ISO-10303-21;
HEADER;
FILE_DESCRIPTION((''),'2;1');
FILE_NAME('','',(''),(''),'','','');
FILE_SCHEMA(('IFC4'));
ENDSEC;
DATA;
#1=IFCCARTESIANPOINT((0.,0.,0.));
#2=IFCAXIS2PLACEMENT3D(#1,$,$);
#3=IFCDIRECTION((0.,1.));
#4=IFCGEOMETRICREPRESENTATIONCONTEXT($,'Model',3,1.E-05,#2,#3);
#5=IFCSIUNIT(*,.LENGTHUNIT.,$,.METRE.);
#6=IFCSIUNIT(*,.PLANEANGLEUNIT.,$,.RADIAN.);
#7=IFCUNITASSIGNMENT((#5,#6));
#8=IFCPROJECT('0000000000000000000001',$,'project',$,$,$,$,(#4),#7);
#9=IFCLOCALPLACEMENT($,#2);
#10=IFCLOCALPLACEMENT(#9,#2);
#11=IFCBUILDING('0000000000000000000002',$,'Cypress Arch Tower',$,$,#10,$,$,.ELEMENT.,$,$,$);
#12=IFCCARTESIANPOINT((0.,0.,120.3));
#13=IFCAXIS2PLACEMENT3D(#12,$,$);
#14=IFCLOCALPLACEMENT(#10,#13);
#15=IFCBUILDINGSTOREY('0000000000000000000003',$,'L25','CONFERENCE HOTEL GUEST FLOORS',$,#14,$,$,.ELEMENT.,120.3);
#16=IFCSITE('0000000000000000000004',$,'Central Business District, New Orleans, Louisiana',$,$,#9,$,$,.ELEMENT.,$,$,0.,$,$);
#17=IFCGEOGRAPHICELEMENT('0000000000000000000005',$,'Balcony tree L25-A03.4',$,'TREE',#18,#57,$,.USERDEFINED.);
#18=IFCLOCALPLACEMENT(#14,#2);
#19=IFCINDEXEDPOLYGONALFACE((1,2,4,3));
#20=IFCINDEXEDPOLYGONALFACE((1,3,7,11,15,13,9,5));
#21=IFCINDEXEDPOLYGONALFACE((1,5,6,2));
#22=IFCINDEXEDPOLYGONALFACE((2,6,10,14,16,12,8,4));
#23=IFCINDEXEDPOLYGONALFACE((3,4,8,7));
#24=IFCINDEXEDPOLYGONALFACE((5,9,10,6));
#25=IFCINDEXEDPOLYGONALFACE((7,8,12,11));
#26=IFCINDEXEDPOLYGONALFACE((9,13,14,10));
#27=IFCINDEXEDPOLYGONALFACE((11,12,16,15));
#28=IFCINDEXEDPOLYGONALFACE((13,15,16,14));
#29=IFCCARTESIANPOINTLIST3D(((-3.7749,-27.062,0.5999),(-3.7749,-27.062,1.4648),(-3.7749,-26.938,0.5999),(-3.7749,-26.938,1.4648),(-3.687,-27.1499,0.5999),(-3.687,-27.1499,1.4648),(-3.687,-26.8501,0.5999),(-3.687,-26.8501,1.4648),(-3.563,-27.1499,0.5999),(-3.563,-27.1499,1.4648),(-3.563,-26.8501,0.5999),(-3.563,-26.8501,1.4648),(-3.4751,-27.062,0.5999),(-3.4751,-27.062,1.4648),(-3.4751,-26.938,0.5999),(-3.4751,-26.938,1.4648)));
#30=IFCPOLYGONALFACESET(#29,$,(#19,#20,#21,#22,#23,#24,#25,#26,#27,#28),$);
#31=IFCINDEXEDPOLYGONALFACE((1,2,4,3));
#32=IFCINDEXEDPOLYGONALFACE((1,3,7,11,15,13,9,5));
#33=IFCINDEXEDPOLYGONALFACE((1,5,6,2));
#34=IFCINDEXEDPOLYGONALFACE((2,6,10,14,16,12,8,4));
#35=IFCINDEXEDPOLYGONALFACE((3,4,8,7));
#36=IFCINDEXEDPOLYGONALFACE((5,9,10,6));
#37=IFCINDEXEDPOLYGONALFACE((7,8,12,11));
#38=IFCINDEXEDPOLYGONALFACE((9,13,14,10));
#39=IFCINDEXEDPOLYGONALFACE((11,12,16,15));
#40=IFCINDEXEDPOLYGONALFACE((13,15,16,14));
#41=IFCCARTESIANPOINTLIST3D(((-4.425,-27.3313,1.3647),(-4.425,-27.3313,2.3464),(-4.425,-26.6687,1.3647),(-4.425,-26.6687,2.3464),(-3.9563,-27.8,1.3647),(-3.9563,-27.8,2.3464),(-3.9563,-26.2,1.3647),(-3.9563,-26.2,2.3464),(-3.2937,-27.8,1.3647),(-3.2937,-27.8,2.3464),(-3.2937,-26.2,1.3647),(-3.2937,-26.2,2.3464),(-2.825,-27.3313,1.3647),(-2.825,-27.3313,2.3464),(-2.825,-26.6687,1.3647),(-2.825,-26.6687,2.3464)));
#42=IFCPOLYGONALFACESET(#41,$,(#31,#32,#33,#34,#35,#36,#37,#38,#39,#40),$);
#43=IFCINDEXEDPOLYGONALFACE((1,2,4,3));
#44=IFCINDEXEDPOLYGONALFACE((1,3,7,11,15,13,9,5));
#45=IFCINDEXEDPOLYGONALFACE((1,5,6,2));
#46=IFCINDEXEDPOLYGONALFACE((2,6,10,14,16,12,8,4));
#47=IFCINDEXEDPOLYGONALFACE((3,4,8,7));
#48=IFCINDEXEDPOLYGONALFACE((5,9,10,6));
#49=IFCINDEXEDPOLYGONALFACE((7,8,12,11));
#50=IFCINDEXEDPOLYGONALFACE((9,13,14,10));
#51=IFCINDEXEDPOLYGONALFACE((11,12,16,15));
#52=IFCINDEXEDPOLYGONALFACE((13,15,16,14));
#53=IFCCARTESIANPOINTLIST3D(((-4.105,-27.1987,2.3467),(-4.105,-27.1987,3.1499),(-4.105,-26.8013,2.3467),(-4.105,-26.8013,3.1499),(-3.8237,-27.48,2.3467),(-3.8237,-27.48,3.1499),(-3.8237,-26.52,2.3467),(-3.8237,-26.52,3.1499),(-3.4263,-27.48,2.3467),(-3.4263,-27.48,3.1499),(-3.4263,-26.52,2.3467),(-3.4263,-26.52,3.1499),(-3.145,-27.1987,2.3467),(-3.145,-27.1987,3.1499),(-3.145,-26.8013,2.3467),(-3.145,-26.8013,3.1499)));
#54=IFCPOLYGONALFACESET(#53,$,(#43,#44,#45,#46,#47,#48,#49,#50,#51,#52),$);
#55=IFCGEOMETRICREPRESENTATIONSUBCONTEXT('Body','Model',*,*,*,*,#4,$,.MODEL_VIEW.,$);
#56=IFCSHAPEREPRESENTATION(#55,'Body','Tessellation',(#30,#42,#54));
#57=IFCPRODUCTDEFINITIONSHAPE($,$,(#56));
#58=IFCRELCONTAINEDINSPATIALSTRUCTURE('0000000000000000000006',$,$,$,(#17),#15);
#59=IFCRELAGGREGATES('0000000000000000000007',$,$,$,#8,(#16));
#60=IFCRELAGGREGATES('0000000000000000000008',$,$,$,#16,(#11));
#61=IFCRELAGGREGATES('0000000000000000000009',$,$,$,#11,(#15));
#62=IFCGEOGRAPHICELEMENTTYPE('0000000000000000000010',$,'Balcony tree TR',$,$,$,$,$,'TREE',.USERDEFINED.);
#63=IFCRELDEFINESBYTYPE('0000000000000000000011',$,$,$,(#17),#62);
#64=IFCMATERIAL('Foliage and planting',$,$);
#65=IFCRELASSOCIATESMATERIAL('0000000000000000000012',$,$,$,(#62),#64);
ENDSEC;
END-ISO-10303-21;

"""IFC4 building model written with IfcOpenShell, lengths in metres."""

from ifc_helpers import new_model, si_unit, direction, frame, origin, place, context, subcontext, project, spatial, polyline, outline, extrude, material, type_object, element, save


model = new_model("IFC4")

# Units and contexts
model_context = context("Model", 3, precision=1e-05, world=origin(), true_north=direction((0.0, 1.0)))
body_context = subcontext(model_context, "Body", "Model", "MODEL_VIEW")
ifc_project = project(units=[si_unit("LENGTHUNIT", "METRE"), si_unit("PLANEANGLEUNIT", "RADIAN")], contexts=[model_context])

# Site, building, storey
site_placement = place(None, origin())
site = spatial("IfcSite", under=ifc_project, at=site_placement, Name="Central Business District, New Orleans, Louisiana", CompositionType="ELEMENT", RefElevation=0.0)
building_placement = place(site_placement, origin())
building = spatial("IfcBuilding", under=site, at=building_placement, Name="Cypress Arch Tower", CompositionType="ELEMENT")
storey_placement = place(building_placement, frame((0.0, 0.0, 120.3)))
storey = spatial("IfcBuildingStorey", under=building, at=storey_placement, Name="L25", Description="CONFERENCE HOTEL GUEST FLOORS", CompositionType="ELEMENT", Elevation=120.3)

# Geographic element
ifc_material_1 = material(Name="Foliage and planting")
geographic_element_type = type_object("IfcGeographicElementType", Name="Balcony tree TR", ElementType="TREE", PredefinedType="USERDEFINED", material=ifc_material_1)
for number, where, z_axis, x_axis, name in (
    (1, (-3.625, -27.0, 0.5999), (0.0, 0.0, 1.0), (1.0, 0.0, 0.0), "Balcony tree L25-A03.4"),
):
    element("IfcGeographicElement", number, at=place(storey_placement, frame(where, z_axis=z_axis, x_axis=x_axis)), inside=storey, type_object=geographic_element_type, Name=name, ObjectType="TREE", PredefinedType="USERDEFINED", context=body_context, shape_type="SweptSolid", body=[
        extrude(outline(polyline([(0.1499, 0.062), (0.062, 0.1499), (-0.062, 0.1499), (-0.1499, 0.062), (-0.1499, -0.062), (-0.062, -0.1499), (0.062, -0.1499), (0.1499, -0.062), (0.1499, 0.062)])), origin(), (0.0, 0.0, 1.0), 0.865),
        extrude(outline(polyline([(0.8, 0.3313), (0.3313, 0.8), (-0.3313, 0.8), (-0.8, 0.3313), (-0.8, -0.3313), (-0.3313, -0.8), (0.3313, -0.8), (0.8, -0.3313), (0.8, 0.3313)])), frame((0.0, 0.0, 0.7649)), (0.0, 0.0, 1.0), 0.9817),
        extrude(outline(polyline([(0.48, 0.1987), (0.1987, 0.48), (-0.1987, 0.48), (-0.48, 0.1987), (-0.48, -0.1987), (-0.1987, -0.48), (0.1987, -0.48), (0.48, -0.1987), (0.48, 0.1987)])), frame((0.0, 0.0, 1.7468)), (0.0, 0.0, 1.0), 0.8032),
    ])

save(model, "model.ifc")
